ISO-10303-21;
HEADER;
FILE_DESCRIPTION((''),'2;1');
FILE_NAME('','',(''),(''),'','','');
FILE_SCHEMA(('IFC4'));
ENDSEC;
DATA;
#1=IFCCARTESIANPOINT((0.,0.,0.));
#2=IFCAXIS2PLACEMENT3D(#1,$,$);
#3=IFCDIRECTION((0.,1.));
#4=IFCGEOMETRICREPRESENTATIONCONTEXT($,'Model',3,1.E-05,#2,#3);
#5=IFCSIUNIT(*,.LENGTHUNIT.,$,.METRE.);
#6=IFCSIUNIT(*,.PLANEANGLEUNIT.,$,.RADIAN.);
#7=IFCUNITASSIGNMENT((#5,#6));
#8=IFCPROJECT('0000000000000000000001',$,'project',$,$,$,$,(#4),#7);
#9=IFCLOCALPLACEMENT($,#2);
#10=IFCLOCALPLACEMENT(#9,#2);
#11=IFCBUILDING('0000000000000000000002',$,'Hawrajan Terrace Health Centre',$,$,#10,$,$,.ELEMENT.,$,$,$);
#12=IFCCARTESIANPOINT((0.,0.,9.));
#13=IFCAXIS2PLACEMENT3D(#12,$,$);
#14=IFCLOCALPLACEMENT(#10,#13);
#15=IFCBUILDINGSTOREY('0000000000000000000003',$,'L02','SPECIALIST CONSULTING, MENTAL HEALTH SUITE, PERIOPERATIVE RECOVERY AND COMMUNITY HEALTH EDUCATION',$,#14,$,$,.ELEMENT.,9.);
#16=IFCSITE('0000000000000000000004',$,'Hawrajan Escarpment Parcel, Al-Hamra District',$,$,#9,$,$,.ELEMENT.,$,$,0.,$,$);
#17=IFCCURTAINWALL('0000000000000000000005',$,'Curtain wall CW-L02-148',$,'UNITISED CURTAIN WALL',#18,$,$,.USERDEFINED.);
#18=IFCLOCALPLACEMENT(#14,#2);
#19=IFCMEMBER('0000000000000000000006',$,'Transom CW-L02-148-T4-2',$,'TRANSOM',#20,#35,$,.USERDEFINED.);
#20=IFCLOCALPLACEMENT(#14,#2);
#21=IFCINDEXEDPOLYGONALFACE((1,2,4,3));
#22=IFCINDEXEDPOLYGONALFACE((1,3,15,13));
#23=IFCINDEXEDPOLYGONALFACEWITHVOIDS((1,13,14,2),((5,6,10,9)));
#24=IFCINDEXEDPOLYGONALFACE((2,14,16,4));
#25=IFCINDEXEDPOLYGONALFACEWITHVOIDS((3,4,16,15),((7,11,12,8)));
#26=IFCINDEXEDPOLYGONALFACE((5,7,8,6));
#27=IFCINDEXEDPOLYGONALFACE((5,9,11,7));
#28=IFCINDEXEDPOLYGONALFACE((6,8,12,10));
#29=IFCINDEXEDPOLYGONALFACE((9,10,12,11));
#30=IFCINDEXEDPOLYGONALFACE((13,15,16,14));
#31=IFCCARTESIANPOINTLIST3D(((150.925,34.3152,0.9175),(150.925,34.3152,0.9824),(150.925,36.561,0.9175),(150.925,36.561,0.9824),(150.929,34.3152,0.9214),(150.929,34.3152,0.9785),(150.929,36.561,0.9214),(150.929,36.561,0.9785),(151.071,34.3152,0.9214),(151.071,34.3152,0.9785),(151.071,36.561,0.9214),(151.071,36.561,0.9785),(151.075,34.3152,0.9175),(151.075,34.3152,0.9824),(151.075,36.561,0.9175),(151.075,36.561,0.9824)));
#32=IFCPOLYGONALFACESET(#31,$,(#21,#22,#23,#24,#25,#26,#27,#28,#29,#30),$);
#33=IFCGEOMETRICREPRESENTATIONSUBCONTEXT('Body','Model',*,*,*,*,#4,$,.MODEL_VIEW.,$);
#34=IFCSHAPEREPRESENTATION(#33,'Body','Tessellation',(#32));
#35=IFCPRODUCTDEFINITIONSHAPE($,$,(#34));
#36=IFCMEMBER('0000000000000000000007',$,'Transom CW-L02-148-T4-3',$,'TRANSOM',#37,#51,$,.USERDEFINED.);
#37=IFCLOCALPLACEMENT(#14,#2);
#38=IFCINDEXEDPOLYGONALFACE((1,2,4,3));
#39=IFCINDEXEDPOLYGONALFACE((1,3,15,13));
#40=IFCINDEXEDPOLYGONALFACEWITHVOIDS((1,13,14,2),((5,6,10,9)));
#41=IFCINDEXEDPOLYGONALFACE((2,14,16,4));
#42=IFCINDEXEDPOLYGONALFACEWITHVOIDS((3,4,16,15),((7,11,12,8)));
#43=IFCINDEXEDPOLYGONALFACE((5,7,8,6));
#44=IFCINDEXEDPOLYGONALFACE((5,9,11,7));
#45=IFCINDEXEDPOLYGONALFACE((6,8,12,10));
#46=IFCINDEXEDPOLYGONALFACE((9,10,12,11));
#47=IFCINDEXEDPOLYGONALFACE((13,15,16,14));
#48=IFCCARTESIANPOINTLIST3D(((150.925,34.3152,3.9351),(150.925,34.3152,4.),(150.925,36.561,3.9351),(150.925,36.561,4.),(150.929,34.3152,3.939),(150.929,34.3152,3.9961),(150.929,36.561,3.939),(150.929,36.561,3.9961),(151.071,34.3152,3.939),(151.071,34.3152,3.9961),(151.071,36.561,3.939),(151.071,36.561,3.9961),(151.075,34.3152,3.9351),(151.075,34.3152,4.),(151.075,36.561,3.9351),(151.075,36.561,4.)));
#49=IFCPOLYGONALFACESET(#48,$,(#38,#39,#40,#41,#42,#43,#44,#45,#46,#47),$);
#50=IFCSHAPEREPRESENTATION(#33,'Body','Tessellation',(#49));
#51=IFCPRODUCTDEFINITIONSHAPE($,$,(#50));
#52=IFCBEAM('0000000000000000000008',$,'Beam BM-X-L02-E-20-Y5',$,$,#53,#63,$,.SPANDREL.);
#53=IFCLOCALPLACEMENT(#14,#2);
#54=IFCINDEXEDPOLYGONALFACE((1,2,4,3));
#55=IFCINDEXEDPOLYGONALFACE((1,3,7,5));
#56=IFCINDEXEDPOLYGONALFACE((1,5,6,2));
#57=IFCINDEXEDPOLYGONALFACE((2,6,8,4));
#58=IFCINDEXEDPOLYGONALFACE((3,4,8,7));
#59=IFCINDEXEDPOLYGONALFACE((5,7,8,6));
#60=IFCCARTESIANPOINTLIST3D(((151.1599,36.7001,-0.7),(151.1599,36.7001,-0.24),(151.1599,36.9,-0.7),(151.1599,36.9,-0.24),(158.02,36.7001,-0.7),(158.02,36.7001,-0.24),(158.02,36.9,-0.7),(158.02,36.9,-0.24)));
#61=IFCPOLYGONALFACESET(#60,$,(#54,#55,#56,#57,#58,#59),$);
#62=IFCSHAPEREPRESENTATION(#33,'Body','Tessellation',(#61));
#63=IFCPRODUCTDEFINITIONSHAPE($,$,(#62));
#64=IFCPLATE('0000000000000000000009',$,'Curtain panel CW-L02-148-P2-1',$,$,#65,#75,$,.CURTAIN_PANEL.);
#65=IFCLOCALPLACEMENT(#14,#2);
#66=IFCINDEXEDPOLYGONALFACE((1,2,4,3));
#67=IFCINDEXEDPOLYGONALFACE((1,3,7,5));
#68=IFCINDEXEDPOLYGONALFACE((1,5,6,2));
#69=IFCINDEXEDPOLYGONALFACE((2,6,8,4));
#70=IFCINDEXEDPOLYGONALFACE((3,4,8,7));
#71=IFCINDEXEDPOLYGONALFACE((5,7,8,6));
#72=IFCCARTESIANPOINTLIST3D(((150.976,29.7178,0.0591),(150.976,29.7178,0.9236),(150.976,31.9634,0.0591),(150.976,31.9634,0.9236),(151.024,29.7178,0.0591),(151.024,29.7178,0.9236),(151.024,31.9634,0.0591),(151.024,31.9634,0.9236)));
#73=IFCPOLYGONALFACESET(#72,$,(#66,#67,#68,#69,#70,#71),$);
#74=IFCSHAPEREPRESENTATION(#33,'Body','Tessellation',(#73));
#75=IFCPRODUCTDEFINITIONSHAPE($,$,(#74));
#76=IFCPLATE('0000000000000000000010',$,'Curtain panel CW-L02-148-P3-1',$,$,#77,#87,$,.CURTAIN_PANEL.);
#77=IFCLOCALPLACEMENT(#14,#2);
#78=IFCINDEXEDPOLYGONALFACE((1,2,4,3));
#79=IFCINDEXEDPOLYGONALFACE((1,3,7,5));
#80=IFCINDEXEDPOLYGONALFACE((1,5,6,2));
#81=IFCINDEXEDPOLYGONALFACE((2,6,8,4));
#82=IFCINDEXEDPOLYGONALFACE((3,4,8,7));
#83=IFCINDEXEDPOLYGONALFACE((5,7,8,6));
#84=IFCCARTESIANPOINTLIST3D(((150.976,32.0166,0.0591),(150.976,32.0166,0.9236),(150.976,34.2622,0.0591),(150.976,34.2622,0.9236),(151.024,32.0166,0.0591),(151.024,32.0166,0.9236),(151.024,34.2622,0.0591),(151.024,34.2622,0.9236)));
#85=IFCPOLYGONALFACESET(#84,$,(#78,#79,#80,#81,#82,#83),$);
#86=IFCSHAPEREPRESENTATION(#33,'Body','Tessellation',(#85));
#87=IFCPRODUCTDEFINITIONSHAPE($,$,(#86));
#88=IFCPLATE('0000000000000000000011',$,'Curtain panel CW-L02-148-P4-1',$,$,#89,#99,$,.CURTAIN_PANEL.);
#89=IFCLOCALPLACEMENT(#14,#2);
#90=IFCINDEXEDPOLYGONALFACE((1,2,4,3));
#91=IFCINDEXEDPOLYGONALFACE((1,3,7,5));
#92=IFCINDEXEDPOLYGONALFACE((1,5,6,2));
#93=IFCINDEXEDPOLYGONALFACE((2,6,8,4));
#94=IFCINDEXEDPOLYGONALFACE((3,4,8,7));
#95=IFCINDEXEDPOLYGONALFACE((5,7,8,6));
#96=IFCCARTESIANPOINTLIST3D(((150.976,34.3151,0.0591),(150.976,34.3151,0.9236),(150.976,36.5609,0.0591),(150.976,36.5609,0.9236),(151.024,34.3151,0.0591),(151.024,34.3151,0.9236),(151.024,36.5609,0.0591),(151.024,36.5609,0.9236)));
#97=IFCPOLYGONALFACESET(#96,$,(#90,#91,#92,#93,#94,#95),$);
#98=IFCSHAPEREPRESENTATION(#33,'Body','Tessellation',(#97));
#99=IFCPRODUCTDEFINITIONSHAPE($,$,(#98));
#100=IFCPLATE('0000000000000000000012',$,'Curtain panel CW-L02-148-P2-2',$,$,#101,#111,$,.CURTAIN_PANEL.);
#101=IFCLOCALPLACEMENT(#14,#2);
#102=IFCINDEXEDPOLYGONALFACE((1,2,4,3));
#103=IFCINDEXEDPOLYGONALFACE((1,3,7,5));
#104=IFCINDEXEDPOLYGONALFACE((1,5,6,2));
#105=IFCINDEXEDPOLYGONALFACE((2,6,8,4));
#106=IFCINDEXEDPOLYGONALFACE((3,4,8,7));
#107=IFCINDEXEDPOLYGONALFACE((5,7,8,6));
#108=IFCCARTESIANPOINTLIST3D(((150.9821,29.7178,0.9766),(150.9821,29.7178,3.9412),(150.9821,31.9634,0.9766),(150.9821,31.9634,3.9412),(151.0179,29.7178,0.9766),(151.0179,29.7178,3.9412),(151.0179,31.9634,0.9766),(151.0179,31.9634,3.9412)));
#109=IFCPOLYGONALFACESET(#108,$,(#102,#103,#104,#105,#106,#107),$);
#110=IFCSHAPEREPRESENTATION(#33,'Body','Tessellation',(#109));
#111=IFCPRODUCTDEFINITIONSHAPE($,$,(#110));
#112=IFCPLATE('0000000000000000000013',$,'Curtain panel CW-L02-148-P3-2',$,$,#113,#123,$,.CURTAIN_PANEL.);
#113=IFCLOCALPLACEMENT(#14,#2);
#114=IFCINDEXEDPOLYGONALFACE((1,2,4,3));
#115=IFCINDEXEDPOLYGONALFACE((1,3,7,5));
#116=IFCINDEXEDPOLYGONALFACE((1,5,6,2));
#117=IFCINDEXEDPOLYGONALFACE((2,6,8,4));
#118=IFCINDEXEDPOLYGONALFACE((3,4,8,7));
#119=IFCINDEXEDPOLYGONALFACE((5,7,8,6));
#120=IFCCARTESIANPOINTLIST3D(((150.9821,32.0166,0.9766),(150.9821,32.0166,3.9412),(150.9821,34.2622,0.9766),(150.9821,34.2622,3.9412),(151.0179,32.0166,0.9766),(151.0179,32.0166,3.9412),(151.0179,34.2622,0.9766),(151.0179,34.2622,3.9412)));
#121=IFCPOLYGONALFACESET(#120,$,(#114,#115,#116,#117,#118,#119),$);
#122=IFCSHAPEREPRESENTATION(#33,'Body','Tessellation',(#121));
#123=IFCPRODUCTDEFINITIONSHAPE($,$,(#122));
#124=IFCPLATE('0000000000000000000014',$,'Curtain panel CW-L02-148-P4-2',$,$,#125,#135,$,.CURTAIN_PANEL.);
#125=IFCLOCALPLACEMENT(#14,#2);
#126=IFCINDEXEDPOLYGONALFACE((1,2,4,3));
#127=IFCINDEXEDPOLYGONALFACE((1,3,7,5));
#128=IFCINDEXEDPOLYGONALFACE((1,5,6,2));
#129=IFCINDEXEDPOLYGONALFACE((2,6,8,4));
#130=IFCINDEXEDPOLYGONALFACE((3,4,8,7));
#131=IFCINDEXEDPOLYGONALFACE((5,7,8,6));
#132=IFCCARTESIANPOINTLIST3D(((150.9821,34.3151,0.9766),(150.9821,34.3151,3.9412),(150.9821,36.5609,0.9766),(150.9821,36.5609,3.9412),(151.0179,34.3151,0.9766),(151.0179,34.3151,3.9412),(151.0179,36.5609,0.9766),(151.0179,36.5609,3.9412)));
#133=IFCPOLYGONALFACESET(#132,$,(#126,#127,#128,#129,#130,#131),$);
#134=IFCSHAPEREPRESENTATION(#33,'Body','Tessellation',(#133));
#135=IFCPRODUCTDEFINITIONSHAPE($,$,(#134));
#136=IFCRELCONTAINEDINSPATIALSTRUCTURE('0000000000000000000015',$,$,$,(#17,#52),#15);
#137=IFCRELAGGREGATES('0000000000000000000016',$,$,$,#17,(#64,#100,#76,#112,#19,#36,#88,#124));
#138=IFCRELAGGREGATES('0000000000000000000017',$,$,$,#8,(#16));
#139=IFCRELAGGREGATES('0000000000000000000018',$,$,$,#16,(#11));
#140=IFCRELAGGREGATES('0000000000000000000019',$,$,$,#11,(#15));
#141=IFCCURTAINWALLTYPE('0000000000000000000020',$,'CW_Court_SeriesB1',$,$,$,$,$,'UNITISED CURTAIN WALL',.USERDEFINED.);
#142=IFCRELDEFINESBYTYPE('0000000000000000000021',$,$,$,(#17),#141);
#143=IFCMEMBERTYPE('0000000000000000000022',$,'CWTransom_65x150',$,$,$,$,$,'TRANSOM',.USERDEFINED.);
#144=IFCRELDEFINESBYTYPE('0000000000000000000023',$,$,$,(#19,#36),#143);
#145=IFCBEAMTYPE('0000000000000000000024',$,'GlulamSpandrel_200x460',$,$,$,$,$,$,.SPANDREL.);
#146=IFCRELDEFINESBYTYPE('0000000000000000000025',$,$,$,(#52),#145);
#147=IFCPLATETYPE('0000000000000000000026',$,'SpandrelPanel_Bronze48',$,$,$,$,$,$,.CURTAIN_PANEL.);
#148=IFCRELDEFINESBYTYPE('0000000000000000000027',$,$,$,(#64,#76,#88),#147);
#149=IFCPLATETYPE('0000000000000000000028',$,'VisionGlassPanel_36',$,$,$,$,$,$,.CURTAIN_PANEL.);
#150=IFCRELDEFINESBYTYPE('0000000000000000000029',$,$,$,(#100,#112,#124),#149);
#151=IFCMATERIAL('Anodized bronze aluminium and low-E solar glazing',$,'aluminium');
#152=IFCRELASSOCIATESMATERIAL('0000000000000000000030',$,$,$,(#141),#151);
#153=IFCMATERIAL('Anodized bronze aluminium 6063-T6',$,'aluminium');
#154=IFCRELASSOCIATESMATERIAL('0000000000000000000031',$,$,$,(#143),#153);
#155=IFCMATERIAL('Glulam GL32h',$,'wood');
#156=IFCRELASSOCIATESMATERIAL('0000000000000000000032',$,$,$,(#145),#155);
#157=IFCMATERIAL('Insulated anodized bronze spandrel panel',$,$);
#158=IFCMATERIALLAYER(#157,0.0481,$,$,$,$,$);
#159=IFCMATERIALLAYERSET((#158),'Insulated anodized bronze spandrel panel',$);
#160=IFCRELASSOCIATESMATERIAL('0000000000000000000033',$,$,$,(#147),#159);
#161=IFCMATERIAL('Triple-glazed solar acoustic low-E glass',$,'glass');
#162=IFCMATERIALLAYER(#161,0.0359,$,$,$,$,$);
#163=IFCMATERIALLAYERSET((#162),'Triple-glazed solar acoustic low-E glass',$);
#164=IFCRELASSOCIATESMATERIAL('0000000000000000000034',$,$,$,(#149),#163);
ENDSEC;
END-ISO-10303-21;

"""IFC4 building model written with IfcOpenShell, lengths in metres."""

from ifc_helpers import new_model, si_unit, direction, frame, origin, origin_2d, place, context, subcontext, project, spatial, rectangle, hollow_rectangle, extrude, material, layer, layer_set, material_profile, profile_set, type_object, element, aggregate, save


model = new_model("IFC4")

# Units and contexts
model_context = context("Model", 3, precision=1e-05, world=origin(), true_north=direction((0.0, 1.0)))
body_context = subcontext(model_context, "Body", "Model", "MODEL_VIEW")
ifc_project = project(units=[si_unit("LENGTHUNIT", "METRE"), si_unit("PLANEANGLEUNIT", "RADIAN")], contexts=[model_context])

# Site, building, storey
site_placement = place(None, origin())
site = spatial("IfcSite", under=ifc_project, at=site_placement, Name="Hawrajan Escarpment Parcel, Al-Hamra District", CompositionType="ELEMENT", RefElevation=0.0)
building_placement = place(site_placement, origin())
building = spatial("IfcBuilding", under=site, at=building_placement, Name="Hawrajan Terrace Health Centre", CompositionType="ELEMENT")
storey_placement = place(building_placement, frame((0.0, 0.0, 9.0)))
storey = spatial("IfcBuildingStorey", under=building, at=storey_placement, Name="L02", Description="SPECIALIST CONSULTING, MENTAL HEALTH SUITE, PERIOPERATIVE RECOVERY AND COMMUNITY HEALTH EDUCATION", CompositionType="ELEMENT", Elevation=9.0)

# Shared definitions
ifc_material_1 = material(Name="Glulam GL32h", Category="wood")

# Curtain wall, members
ifc_material_2 = material(Name="Anodized bronze aluminium and low-E solar glazing", Category="aluminium")
curtain_wall_type = type_object("IfcCurtainWallType", Name="CW_Court_SeriesB1", ElementType="UNITISED CURTAIN WALL", PredefinedType="USERDEFINED", material=ifc_material_2)
curtain_wall_placement = place(storey_placement, origin())
curtain_wall = element("IfcCurtainWall", 1, at=curtain_wall_placement, inside=storey, type_object=curtain_wall_type, Name="Curtain wall CW-L02-148", ObjectType="UNITISED CURTAIN WALL", PredefinedType="USERDEFINED")
ifc_material_3 = material(Name="Anodized bronze aluminium 6063-T6", Category="aluminium")
ifc_material_profile_1 = material_profile(ifc_material_3, hollow_rectangle(XDim=0.0649, YDim=0.1499, WallThickness=0.0039, at=origin_2d()), Name="CW TRN 65x150")
ifc_profile_set_1 = profile_set([ifc_material_profile_1], Name="Anodized bronze aluminium 6063-T6")
member_type_1 = type_object("IfcMemberType", Name="CWTransom_65x150", ElementType="TRANSOM", PredefinedType="USERDEFINED", material=ifc_profile_set_1)
member_1_placement = place(storey_placement, frame((151.0, 34.3152, 0.95), z_axis=(0.0, 1.0, 0.0), x_axis=(0.0, 0.0, 1.0)))
member_1 = element("IfcMember", 2, at=member_1_placement, type_object=member_type_1, Name="Transom CW-L02-148-T4-2", ObjectType="TRANSOM", PredefinedType="USERDEFINED", context=body_context, shape_type="SweptSolid", body=[
    extrude(hollow_rectangle(XDim=0.0649, YDim=0.1499, WallThickness=0.0039, at=origin_2d()), origin(), (0.0, 0.0, 1.0), 2.2458),
])
member_2_placement = place(storey_placement, frame((151.0, 34.3152, 3.9675), z_axis=(0.0, 1.0, 0.0), x_axis=(0.0, 0.0, 1.0)))
member_2 = element("IfcMember", 3, at=member_2_placement, type_object=member_type_1, Name="Transom CW-L02-148-T4-3", ObjectType="TRANSOM", PredefinedType="USERDEFINED", context=body_context, shape_type="SweptSolid", body=[
    extrude(hollow_rectangle(XDim=0.0649, YDim=0.1499, WallThickness=0.0039, at=origin_2d()), origin(), (0.0, 0.0, 1.0), 2.2458),
])

# Beam
ifc_material_profile_2 = material_profile(ifc_material_1, rectangle(XDim=0.2, YDim=0.46, at=origin_2d()), Name="GL SP 200x460")
ifc_profile_set_2 = profile_set([ifc_material_profile_2], Name="Glulam GL32h")
beam_type = type_object("IfcBeamType", Name="GlulamSpandrel_200x460", PredefinedType="SPANDREL", material=ifc_profile_set_2)
beam_placement = place(storey_placement, frame((151.1599, 36.8, -0.47), z_axis=(1.0, 0.0, 0.0), x_axis=(0.0, 1.0, 0.0)))
element("IfcBeam", 4, at=beam_placement, inside=storey, type_object=beam_type, Name="Beam BM-X-L02-E-20-Y5", PredefinedType="SPANDREL", context=body_context, shape_type="SweptSolid", body=[
    extrude(rectangle(XDim=0.2, YDim=0.46, at=origin_2d()), origin(), (0.0, 0.0, 1.0), 6.8601),
])

# Plates
ifc_material_4 = material(Name="Insulated anodized bronze spandrel panel")
ifc_layer_1 = layer(ifc_material_4, 0.0481)
ifc_layer_set_1 = layer_set([ifc_layer_1], Name="Insulated anodized bronze spandrel panel")
plate_type_1 = type_object("IfcPlateType", Name="SpandrelPanel_Bronze48", PredefinedType="CURTAIN_PANEL", material=ifc_layer_set_1)
plate_1_placement = place(storey_placement, frame((151.0, 30.8406, 0.0591), z_axis=(0.0, 0.0, 1.0), x_axis=(0.0, 1.0, 0.0)))
plate_1 = element("IfcPlate", 5, at=plate_1_placement, type_object=plate_type_1, Name="Curtain panel CW-L02-148-P2-1", PredefinedType="CURTAIN_PANEL", context=body_context, shape_type="SweptSolid", body=[
    extrude(rectangle(XDim=2.2456, YDim=0.0481, at=origin_2d()), origin(), (0.0, 0.0, 1.0), 0.8645),
])
plate_2_placement = place(storey_placement, frame((151.0, 33.1394, 0.0591), z_axis=(0.0, 0.0, 1.0), x_axis=(0.0, 1.0, 0.0)))
plate_2 = element("IfcPlate", 6, at=plate_2_placement, type_object=plate_type_1, Name="Curtain panel CW-L02-148-P3-1", PredefinedType="CURTAIN_PANEL", context=body_context, shape_type="SweptSolid", body=[
    extrude(rectangle(XDim=2.2456, YDim=0.0481, at=origin_2d()), origin(), (0.0, 0.0, 1.0), 0.8645),
])
plate_3_placement = place(storey_placement, frame((151.0, 35.438, 0.0591), z_axis=(0.0, 0.0, 1.0), x_axis=(0.0, 1.0, 0.0)))
plate_3 = element("IfcPlate", 7, at=plate_3_placement, type_object=plate_type_1, Name="Curtain panel CW-L02-148-P4-1", PredefinedType="CURTAIN_PANEL", context=body_context, shape_type="SweptSolid", body=[
    extrude(rectangle(XDim=2.2458, YDim=0.0481, at=origin_2d()), origin(), (0.0, 0.0, 1.0), 0.8645),
])
ifc_material_5 = material(Name="Triple-glazed solar acoustic low-E glass", Category="glass")
ifc_layer_2 = layer(ifc_material_5, 0.0359)
ifc_layer_set_2 = layer_set([ifc_layer_2], Name="Triple-glazed solar acoustic low-E glass")
plate_type_2 = type_object("IfcPlateType", Name="VisionGlassPanel_36", PredefinedType="CURTAIN_PANEL", material=ifc_layer_set_2)
plate_4_placement = place(storey_placement, frame((151.0, 30.8406, 0.9766), z_axis=(0.0, 0.0, 1.0), x_axis=(0.0, 1.0, 0.0)))
plate_4 = element("IfcPlate", 8, at=plate_4_placement, type_object=plate_type_2, Name="Curtain panel CW-L02-148-P2-2", PredefinedType="CURTAIN_PANEL", context=body_context, shape_type="SweptSolid", body=[
    extrude(rectangle(XDim=2.2456, YDim=0.0359, at=origin_2d()), origin(), (0.0, 0.0, 1.0), 2.9646),
])
plate_5_placement = place(storey_placement, frame((151.0, 33.1394, 0.9766), z_axis=(0.0, 0.0, 1.0), x_axis=(0.0, 1.0, 0.0)))
plate_5 = element("IfcPlate", 9, at=plate_5_placement, type_object=plate_type_2, Name="Curtain panel CW-L02-148-P3-2", PredefinedType="CURTAIN_PANEL", context=body_context, shape_type="SweptSolid", body=[
    extrude(rectangle(XDim=2.2456, YDim=0.0359, at=origin_2d()), origin(), (0.0, 0.0, 1.0), 2.9646),
])
plate_6_placement = place(storey_placement, frame((151.0, 35.438, 0.9766), z_axis=(0.0, 0.0, 1.0), x_axis=(0.0, 1.0, 0.0)))
plate_6 = element("IfcPlate", 10, at=plate_6_placement, type_object=plate_type_2, Name="Curtain panel CW-L02-148-P4-2", PredefinedType="CURTAIN_PANEL", context=body_context, shape_type="SweptSolid", body=[
    extrude(rectangle(XDim=2.2458, YDim=0.0359, at=origin_2d()), origin(), (0.0, 0.0, 1.0), 2.9646),
])
aggregate(curtain_wall, [plate_1, plate_4, plate_2, plate_5, member_1, member_2, plate_3, plate_6])

save(model, "model.ifc")
